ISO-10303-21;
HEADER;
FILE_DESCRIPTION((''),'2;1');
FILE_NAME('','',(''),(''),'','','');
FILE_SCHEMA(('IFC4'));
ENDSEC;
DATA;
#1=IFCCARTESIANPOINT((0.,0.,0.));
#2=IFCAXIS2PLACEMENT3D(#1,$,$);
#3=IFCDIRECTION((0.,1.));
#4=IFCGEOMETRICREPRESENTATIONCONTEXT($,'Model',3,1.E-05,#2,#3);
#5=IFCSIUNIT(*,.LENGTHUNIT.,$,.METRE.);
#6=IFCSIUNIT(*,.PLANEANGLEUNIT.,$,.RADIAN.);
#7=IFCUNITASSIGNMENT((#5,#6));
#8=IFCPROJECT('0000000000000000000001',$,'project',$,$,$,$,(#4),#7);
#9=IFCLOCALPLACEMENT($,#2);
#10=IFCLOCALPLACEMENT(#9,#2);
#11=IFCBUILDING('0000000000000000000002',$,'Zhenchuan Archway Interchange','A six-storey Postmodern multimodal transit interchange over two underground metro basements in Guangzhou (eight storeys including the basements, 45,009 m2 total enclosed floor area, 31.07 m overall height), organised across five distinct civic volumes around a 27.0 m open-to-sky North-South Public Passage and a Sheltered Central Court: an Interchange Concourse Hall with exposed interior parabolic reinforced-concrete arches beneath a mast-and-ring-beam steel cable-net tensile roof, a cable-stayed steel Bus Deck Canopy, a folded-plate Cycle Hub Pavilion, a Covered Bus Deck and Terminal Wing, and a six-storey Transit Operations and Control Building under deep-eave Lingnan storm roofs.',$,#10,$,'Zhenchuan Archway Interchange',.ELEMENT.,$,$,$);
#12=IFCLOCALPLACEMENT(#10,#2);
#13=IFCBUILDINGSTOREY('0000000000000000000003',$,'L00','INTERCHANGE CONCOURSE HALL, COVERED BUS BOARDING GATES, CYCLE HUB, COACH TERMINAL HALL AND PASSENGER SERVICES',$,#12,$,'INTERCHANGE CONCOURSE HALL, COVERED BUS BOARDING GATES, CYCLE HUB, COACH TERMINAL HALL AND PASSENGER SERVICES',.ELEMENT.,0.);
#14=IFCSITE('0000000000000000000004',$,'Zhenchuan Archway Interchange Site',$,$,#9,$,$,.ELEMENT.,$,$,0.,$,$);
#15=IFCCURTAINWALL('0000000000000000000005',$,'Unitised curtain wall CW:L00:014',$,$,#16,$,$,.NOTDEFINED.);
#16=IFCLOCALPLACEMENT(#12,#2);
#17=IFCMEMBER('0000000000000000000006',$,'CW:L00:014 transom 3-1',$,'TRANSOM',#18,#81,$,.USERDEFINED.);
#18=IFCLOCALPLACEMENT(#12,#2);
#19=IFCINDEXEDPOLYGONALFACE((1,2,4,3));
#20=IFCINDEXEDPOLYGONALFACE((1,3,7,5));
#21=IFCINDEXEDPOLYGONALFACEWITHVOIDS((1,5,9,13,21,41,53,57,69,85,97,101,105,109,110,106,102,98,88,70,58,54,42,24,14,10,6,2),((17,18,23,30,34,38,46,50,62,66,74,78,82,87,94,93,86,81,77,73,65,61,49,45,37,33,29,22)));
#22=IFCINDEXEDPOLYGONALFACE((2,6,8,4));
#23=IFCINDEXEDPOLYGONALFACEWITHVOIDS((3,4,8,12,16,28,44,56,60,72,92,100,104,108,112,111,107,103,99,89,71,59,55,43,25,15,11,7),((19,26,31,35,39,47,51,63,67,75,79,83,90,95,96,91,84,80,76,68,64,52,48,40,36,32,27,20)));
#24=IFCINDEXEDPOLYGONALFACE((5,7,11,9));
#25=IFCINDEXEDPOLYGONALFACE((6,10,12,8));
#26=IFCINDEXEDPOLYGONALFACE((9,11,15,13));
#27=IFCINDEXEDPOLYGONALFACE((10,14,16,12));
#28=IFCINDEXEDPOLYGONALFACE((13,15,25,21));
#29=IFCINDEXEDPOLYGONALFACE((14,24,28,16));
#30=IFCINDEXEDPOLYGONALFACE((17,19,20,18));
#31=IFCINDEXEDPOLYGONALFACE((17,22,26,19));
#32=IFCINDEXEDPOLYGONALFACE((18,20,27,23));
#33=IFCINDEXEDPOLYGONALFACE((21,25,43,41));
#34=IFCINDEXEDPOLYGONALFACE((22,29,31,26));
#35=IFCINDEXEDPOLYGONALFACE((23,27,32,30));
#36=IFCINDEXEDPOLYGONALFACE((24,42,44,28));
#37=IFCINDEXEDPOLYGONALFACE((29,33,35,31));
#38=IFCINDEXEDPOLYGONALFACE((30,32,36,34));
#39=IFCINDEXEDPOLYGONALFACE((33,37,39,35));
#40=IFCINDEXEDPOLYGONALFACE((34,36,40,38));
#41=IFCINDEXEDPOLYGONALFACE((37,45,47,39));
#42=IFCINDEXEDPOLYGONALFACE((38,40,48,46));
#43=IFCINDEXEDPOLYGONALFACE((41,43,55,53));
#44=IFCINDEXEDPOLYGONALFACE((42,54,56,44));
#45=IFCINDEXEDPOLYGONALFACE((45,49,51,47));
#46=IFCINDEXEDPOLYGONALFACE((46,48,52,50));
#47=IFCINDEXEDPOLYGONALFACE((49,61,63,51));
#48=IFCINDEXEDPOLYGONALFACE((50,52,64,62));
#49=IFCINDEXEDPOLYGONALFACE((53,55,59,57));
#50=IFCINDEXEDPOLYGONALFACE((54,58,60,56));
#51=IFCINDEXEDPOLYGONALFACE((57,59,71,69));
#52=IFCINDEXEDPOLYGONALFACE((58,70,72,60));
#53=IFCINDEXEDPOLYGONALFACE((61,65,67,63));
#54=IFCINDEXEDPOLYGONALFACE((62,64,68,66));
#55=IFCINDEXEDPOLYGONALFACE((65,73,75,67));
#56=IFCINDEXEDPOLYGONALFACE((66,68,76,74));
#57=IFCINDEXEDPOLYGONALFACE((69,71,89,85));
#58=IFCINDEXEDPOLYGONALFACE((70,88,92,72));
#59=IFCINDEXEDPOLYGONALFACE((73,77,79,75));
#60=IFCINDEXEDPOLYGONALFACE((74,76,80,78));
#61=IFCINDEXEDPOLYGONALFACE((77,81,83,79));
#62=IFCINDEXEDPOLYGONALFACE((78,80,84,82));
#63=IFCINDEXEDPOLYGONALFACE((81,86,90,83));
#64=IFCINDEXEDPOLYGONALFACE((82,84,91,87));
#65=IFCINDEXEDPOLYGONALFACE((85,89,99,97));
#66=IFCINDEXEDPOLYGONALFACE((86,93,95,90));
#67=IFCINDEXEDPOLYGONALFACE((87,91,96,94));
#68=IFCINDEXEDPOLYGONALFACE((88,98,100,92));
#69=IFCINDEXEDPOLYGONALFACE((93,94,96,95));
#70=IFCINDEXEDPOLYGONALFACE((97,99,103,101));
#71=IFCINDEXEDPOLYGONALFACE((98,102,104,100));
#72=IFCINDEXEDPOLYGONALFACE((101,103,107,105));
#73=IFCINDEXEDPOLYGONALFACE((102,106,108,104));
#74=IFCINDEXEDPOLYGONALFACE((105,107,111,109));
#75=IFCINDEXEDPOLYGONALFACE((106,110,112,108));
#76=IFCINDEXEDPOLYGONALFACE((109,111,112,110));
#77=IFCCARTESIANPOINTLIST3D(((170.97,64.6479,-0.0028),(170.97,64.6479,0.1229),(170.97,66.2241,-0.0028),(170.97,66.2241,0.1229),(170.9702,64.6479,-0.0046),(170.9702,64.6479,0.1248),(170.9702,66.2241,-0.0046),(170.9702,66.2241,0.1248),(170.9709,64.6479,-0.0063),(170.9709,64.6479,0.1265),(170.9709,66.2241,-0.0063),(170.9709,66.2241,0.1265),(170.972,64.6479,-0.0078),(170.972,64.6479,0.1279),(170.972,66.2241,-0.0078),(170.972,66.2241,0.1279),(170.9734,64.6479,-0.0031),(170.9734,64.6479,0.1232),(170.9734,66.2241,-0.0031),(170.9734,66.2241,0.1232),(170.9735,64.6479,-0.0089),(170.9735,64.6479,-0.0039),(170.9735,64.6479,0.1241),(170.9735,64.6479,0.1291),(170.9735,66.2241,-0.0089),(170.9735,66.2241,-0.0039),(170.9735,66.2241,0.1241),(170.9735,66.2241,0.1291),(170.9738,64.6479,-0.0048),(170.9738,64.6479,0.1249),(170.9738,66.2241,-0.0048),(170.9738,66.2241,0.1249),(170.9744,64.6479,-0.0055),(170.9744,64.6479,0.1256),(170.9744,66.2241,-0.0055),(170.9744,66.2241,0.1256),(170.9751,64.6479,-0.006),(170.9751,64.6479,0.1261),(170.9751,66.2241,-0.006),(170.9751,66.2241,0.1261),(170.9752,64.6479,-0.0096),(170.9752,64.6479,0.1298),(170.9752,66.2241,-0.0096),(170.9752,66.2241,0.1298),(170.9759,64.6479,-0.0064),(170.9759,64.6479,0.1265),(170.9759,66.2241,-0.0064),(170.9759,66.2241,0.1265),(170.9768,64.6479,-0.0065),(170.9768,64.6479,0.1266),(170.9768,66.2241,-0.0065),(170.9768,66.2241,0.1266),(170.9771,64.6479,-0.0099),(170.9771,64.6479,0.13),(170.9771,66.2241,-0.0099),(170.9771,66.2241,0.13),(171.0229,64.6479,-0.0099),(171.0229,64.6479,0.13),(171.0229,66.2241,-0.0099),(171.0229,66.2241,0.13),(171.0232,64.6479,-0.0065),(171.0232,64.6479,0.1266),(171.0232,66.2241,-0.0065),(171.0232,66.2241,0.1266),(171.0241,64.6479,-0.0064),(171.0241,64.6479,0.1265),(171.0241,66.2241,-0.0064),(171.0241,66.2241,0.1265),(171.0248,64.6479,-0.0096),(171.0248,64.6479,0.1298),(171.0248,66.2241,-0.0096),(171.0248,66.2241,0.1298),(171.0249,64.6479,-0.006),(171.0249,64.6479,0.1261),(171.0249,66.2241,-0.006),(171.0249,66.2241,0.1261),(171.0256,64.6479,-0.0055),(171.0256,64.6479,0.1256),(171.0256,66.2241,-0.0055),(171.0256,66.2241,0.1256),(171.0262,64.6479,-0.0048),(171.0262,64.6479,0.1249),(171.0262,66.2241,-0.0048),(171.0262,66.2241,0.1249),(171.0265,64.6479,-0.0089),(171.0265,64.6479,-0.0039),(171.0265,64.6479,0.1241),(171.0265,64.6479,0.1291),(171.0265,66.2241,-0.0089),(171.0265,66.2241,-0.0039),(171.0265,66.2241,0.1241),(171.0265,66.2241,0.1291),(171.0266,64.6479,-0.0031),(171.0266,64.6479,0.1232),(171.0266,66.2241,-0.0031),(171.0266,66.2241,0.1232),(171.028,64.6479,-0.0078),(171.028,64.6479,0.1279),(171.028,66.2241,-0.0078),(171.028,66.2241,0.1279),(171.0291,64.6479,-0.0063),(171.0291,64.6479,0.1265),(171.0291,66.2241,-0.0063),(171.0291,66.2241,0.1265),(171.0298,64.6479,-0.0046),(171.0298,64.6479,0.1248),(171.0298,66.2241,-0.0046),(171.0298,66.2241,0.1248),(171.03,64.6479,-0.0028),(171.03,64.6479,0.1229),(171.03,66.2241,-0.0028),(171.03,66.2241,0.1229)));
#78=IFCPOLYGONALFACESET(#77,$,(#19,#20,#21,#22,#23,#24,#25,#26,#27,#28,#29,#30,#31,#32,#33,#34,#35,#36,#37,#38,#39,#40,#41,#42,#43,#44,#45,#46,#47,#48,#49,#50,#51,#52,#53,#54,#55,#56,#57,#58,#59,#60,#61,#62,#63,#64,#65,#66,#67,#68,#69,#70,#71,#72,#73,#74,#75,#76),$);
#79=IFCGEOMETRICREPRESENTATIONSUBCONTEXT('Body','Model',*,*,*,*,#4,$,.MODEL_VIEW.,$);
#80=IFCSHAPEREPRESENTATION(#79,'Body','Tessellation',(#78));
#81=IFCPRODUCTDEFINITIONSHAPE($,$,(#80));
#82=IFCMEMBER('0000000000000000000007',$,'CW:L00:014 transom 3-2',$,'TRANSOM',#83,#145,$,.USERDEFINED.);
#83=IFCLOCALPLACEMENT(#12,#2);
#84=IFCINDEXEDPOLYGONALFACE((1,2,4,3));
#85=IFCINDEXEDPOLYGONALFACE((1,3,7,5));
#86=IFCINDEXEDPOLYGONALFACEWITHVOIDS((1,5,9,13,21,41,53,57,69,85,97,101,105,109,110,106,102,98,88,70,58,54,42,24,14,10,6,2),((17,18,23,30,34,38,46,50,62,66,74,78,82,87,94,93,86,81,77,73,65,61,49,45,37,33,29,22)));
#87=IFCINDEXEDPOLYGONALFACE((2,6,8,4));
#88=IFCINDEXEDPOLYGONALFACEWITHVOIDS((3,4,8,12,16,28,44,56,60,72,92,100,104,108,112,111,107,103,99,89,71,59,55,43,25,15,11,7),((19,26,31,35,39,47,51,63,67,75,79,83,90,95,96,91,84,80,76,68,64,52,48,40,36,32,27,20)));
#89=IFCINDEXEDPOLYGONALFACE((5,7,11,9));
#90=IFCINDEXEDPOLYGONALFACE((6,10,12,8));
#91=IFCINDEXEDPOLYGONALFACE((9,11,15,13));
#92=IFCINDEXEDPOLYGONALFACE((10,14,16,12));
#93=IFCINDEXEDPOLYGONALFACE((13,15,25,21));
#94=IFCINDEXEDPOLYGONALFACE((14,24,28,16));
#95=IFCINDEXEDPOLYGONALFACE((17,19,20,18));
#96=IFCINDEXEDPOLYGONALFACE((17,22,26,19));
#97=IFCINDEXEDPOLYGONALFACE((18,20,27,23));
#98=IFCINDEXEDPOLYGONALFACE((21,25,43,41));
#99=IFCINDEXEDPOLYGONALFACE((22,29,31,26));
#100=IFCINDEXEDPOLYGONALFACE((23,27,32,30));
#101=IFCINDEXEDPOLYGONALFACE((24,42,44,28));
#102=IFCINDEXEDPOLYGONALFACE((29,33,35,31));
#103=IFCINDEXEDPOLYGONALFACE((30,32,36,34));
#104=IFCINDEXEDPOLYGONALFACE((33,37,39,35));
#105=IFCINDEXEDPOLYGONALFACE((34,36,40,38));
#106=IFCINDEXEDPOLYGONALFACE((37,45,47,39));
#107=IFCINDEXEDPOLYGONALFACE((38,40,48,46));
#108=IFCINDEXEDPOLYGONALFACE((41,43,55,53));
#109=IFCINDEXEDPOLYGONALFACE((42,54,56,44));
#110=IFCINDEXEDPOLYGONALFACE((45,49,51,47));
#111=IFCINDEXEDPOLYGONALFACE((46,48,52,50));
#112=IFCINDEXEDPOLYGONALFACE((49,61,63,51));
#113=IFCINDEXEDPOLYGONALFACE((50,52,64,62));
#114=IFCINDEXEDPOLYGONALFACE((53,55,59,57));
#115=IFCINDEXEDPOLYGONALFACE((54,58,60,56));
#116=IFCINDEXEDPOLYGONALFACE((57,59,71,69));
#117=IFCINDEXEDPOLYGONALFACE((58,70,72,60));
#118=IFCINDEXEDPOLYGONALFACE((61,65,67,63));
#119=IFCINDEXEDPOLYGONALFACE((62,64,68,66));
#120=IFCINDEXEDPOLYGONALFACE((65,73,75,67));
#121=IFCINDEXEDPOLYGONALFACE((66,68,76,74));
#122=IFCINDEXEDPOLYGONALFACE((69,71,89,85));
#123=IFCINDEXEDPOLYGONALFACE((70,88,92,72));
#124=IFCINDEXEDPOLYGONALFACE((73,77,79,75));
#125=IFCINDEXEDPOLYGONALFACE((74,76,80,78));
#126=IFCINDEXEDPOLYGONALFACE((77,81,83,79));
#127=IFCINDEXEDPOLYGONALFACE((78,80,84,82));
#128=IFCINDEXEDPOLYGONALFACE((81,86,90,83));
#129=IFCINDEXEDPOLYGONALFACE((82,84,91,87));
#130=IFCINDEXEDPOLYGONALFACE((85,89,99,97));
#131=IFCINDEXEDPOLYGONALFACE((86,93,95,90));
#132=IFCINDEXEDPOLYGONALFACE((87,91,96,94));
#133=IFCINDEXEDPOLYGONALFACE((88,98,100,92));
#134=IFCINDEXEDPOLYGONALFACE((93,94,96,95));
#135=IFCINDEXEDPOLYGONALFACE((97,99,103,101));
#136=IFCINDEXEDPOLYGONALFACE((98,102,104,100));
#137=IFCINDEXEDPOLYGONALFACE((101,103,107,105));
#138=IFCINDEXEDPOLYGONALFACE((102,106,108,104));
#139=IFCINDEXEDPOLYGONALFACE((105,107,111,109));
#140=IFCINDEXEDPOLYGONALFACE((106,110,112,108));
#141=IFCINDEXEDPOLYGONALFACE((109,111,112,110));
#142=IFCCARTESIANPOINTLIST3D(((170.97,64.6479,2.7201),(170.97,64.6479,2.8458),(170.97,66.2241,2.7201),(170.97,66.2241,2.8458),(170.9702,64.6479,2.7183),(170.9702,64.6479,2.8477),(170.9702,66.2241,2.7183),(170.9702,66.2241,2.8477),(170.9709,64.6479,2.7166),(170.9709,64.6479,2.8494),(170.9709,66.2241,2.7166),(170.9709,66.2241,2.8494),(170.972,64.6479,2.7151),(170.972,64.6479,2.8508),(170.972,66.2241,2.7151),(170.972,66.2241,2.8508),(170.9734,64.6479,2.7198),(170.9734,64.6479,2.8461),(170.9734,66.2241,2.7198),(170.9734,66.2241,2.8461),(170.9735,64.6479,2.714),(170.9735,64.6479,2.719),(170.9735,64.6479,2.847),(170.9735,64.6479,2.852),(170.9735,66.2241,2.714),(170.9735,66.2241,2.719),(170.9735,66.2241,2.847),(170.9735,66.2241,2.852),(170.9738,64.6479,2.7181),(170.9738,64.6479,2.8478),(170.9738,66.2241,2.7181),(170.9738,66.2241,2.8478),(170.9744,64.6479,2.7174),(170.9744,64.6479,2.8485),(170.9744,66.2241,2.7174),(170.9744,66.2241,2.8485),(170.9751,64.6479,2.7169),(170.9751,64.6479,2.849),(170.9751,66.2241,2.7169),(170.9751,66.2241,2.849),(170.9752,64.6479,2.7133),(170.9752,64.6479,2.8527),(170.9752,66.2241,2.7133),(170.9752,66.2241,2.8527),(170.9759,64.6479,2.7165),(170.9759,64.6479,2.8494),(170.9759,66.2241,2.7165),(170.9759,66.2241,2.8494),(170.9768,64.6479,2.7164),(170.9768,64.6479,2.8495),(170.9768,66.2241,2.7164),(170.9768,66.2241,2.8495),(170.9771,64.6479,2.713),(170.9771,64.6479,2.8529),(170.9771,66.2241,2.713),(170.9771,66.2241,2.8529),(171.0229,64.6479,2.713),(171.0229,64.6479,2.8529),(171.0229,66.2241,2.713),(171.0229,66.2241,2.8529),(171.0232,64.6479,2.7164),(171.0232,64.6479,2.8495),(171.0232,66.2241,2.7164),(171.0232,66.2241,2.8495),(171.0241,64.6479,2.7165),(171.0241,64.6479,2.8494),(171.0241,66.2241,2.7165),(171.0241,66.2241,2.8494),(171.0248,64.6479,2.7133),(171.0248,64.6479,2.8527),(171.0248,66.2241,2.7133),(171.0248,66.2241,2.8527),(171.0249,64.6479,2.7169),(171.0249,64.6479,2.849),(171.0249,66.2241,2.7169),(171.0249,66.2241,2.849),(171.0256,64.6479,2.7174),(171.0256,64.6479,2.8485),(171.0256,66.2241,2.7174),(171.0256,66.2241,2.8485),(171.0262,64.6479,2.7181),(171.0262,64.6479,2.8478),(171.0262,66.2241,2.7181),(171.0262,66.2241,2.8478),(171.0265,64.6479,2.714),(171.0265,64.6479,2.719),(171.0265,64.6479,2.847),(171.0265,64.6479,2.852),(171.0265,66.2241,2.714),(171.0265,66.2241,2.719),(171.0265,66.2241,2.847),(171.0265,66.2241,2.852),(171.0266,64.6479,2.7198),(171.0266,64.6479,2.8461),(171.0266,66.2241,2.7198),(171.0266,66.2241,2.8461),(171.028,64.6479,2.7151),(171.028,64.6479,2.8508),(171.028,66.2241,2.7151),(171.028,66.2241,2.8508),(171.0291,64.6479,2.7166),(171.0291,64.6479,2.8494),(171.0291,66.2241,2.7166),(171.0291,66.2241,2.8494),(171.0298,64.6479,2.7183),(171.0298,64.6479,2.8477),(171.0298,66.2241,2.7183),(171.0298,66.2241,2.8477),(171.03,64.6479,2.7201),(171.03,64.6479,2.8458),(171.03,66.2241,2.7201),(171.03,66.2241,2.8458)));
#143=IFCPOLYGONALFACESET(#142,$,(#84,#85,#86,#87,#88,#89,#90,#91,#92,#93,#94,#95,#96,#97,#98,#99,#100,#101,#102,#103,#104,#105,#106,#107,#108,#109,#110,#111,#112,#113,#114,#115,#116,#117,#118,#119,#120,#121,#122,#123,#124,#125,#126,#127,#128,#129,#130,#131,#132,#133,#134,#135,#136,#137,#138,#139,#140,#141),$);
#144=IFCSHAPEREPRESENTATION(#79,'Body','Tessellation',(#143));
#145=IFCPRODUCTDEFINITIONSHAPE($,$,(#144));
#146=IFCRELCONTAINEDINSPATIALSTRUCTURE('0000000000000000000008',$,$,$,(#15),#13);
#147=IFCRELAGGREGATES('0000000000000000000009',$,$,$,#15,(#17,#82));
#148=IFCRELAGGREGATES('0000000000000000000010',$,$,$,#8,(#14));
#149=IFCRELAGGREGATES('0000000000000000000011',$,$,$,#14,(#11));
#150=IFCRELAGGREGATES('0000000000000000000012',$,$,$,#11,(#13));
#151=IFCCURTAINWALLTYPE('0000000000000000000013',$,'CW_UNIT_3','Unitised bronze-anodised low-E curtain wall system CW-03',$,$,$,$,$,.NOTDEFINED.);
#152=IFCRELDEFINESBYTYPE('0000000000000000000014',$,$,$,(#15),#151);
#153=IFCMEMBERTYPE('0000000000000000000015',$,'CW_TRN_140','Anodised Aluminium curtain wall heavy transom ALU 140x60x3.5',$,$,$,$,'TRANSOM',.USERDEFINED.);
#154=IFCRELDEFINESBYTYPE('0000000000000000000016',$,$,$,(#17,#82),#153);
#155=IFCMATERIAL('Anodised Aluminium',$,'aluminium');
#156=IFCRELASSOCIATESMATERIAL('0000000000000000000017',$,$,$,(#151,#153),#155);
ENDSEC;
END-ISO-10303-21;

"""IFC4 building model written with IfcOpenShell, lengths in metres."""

from ifc_helpers import new_model, si_unit, direction, frame, origin, origin_2d, place, context, subcontext, project, spatial, hollow_rectangle, extrude, material, material_profile, profile_set, type_object, element, aggregate, save


model = new_model("IFC4")

# Units and contexts
model_context = context("Model", 3, precision=1e-05, world=origin(), true_north=direction((0.0, 1.0)))
body_context = subcontext(model_context, "Body", "Model", "MODEL_VIEW")
ifc_project = project(units=[si_unit("LENGTHUNIT", "METRE"), si_unit("PLANEANGLEUNIT", "RADIAN")], contexts=[model_context])

# Site, building, storey
site_placement = place(None, origin())
site = spatial("IfcSite", under=ifc_project, at=site_placement, Name="Zhenchuan Archway Interchange Site", CompositionType="ELEMENT", RefElevation=0.0)
building_placement = place(site_placement, origin())
building = spatial("IfcBuilding", under=site, at=building_placement, Name="Zhenchuan Archway Interchange", Description="A six-storey Postmodern multimodal transit interchange over two underground metro basements in Guangzhou (eight storeys including the basements, 45,009 m2 total enclosed floor area, 31.07 m overall height), organised across five distinct civic volumes around a 27.0 m open-to-sky North-South Public Passage and a Sheltered Central Court: an Interchange Concourse Hall with exposed interior parabolic reinforced-concrete arches beneath a mast-and-ring-beam steel cable-net tensile roof, a cable-stayed steel Bus Deck Canopy, a folded-plate Cycle Hub Pavilion, a Covered Bus Deck and Terminal Wing, and a six-storey Transit Operations and Control Building under deep-eave Lingnan storm roofs.", LongName="Zhenchuan Archway Interchange", CompositionType="ELEMENT")
storey_placement = place(building_placement, origin())
storey = spatial("IfcBuildingStorey", under=building, at=storey_placement, Name="L00", Description="INTERCHANGE CONCOURSE HALL, COVERED BUS BOARDING GATES, CYCLE HUB, COACH TERMINAL HALL AND PASSENGER SERVICES", LongName="INTERCHANGE CONCOURSE HALL, COVERED BUS BOARDING GATES, CYCLE HUB, COACH TERMINAL HALL AND PASSENGER SERVICES", CompositionType="ELEMENT", Elevation=0.0)

# Curtain wall, members
ifc_material_1 = material(Name="Anodised Aluminium", Category="aluminium")
curtain_wall_type = type_object("IfcCurtainWallType", Name="CW_UNIT_3", Description="Unitised bronze-anodised low-E curtain wall system CW-03", PredefinedType="NOTDEFINED", material=ifc_material_1)
curtain_wall_placement = place(storey_placement, origin())
curtain_wall = element("IfcCurtainWall", 1, at=curtain_wall_placement, inside=storey, type_object=curtain_wall_type, Name="Unitised curtain wall CW:L00:014", PredefinedType="NOTDEFINED")
ifc_material_profile_1 = material_profile(ifc_material_1, hollow_rectangle(XDim=0.0601, YDim=0.1399, WallThickness=0.0034, InnerFilletRadius=0.0034, OuterFilletRadius=0.0071, at=origin_2d()), Name="ALU 140x60x3.5")
ifc_profile_set_1 = profile_set([ifc_material_profile_1], Name="Anodised Aluminium")
member_type_1 = type_object("IfcMemberType", Name="CW_TRN_140", Description="Anodised Aluminium curtain wall heavy transom ALU 140x60x3.5", ElementType="TRANSOM", PredefinedType="USERDEFINED", material=ifc_profile_set_1)
member_1_placement = place(storey_placement, frame((171.0, 66.2241, 0.0601), z_axis=(0.0, -1.0, 0.0), x_axis=(1.0, 0.0, 0.0)))
member_1 = element("IfcMember", 2, at=member_1_placement, type_object=member_type_1, Name="CW:L00:014 transom 3-1", ObjectType="TRANSOM", PredefinedType="USERDEFINED", context=body_context, shape_type="SweptSolid", body=[
    extrude(hollow_rectangle(XDim=0.0601, YDim=0.1399, WallThickness=0.0034, InnerFilletRadius=0.0034, OuterFilletRadius=0.0071, at=origin_2d()), origin(), (0.0, 0.0, 1.0), 1.5762),
])
member_2_placement = place(storey_placement, frame((171.0, 66.2241, 2.783), z_axis=(0.0, -1.0, 0.0), x_axis=(1.0, 0.0, 0.0)))
member_2 = element("IfcMember", 3, at=member_2_placement, type_object=member_type_1, Name="CW:L00:014 transom 3-2", ObjectType="TRANSOM", PredefinedType="USERDEFINED", context=body_context, shape_type="SweptSolid", body=[
    extrude(hollow_rectangle(XDim=0.0601, YDim=0.1399, WallThickness=0.0034, InnerFilletRadius=0.0034, OuterFilletRadius=0.0071, at=origin_2d()), origin(), (0.0, 0.0, 1.0), 1.5762),
])
aggregate(curtain_wall, [member_1, member_2])

save(model, "model.ifc")
